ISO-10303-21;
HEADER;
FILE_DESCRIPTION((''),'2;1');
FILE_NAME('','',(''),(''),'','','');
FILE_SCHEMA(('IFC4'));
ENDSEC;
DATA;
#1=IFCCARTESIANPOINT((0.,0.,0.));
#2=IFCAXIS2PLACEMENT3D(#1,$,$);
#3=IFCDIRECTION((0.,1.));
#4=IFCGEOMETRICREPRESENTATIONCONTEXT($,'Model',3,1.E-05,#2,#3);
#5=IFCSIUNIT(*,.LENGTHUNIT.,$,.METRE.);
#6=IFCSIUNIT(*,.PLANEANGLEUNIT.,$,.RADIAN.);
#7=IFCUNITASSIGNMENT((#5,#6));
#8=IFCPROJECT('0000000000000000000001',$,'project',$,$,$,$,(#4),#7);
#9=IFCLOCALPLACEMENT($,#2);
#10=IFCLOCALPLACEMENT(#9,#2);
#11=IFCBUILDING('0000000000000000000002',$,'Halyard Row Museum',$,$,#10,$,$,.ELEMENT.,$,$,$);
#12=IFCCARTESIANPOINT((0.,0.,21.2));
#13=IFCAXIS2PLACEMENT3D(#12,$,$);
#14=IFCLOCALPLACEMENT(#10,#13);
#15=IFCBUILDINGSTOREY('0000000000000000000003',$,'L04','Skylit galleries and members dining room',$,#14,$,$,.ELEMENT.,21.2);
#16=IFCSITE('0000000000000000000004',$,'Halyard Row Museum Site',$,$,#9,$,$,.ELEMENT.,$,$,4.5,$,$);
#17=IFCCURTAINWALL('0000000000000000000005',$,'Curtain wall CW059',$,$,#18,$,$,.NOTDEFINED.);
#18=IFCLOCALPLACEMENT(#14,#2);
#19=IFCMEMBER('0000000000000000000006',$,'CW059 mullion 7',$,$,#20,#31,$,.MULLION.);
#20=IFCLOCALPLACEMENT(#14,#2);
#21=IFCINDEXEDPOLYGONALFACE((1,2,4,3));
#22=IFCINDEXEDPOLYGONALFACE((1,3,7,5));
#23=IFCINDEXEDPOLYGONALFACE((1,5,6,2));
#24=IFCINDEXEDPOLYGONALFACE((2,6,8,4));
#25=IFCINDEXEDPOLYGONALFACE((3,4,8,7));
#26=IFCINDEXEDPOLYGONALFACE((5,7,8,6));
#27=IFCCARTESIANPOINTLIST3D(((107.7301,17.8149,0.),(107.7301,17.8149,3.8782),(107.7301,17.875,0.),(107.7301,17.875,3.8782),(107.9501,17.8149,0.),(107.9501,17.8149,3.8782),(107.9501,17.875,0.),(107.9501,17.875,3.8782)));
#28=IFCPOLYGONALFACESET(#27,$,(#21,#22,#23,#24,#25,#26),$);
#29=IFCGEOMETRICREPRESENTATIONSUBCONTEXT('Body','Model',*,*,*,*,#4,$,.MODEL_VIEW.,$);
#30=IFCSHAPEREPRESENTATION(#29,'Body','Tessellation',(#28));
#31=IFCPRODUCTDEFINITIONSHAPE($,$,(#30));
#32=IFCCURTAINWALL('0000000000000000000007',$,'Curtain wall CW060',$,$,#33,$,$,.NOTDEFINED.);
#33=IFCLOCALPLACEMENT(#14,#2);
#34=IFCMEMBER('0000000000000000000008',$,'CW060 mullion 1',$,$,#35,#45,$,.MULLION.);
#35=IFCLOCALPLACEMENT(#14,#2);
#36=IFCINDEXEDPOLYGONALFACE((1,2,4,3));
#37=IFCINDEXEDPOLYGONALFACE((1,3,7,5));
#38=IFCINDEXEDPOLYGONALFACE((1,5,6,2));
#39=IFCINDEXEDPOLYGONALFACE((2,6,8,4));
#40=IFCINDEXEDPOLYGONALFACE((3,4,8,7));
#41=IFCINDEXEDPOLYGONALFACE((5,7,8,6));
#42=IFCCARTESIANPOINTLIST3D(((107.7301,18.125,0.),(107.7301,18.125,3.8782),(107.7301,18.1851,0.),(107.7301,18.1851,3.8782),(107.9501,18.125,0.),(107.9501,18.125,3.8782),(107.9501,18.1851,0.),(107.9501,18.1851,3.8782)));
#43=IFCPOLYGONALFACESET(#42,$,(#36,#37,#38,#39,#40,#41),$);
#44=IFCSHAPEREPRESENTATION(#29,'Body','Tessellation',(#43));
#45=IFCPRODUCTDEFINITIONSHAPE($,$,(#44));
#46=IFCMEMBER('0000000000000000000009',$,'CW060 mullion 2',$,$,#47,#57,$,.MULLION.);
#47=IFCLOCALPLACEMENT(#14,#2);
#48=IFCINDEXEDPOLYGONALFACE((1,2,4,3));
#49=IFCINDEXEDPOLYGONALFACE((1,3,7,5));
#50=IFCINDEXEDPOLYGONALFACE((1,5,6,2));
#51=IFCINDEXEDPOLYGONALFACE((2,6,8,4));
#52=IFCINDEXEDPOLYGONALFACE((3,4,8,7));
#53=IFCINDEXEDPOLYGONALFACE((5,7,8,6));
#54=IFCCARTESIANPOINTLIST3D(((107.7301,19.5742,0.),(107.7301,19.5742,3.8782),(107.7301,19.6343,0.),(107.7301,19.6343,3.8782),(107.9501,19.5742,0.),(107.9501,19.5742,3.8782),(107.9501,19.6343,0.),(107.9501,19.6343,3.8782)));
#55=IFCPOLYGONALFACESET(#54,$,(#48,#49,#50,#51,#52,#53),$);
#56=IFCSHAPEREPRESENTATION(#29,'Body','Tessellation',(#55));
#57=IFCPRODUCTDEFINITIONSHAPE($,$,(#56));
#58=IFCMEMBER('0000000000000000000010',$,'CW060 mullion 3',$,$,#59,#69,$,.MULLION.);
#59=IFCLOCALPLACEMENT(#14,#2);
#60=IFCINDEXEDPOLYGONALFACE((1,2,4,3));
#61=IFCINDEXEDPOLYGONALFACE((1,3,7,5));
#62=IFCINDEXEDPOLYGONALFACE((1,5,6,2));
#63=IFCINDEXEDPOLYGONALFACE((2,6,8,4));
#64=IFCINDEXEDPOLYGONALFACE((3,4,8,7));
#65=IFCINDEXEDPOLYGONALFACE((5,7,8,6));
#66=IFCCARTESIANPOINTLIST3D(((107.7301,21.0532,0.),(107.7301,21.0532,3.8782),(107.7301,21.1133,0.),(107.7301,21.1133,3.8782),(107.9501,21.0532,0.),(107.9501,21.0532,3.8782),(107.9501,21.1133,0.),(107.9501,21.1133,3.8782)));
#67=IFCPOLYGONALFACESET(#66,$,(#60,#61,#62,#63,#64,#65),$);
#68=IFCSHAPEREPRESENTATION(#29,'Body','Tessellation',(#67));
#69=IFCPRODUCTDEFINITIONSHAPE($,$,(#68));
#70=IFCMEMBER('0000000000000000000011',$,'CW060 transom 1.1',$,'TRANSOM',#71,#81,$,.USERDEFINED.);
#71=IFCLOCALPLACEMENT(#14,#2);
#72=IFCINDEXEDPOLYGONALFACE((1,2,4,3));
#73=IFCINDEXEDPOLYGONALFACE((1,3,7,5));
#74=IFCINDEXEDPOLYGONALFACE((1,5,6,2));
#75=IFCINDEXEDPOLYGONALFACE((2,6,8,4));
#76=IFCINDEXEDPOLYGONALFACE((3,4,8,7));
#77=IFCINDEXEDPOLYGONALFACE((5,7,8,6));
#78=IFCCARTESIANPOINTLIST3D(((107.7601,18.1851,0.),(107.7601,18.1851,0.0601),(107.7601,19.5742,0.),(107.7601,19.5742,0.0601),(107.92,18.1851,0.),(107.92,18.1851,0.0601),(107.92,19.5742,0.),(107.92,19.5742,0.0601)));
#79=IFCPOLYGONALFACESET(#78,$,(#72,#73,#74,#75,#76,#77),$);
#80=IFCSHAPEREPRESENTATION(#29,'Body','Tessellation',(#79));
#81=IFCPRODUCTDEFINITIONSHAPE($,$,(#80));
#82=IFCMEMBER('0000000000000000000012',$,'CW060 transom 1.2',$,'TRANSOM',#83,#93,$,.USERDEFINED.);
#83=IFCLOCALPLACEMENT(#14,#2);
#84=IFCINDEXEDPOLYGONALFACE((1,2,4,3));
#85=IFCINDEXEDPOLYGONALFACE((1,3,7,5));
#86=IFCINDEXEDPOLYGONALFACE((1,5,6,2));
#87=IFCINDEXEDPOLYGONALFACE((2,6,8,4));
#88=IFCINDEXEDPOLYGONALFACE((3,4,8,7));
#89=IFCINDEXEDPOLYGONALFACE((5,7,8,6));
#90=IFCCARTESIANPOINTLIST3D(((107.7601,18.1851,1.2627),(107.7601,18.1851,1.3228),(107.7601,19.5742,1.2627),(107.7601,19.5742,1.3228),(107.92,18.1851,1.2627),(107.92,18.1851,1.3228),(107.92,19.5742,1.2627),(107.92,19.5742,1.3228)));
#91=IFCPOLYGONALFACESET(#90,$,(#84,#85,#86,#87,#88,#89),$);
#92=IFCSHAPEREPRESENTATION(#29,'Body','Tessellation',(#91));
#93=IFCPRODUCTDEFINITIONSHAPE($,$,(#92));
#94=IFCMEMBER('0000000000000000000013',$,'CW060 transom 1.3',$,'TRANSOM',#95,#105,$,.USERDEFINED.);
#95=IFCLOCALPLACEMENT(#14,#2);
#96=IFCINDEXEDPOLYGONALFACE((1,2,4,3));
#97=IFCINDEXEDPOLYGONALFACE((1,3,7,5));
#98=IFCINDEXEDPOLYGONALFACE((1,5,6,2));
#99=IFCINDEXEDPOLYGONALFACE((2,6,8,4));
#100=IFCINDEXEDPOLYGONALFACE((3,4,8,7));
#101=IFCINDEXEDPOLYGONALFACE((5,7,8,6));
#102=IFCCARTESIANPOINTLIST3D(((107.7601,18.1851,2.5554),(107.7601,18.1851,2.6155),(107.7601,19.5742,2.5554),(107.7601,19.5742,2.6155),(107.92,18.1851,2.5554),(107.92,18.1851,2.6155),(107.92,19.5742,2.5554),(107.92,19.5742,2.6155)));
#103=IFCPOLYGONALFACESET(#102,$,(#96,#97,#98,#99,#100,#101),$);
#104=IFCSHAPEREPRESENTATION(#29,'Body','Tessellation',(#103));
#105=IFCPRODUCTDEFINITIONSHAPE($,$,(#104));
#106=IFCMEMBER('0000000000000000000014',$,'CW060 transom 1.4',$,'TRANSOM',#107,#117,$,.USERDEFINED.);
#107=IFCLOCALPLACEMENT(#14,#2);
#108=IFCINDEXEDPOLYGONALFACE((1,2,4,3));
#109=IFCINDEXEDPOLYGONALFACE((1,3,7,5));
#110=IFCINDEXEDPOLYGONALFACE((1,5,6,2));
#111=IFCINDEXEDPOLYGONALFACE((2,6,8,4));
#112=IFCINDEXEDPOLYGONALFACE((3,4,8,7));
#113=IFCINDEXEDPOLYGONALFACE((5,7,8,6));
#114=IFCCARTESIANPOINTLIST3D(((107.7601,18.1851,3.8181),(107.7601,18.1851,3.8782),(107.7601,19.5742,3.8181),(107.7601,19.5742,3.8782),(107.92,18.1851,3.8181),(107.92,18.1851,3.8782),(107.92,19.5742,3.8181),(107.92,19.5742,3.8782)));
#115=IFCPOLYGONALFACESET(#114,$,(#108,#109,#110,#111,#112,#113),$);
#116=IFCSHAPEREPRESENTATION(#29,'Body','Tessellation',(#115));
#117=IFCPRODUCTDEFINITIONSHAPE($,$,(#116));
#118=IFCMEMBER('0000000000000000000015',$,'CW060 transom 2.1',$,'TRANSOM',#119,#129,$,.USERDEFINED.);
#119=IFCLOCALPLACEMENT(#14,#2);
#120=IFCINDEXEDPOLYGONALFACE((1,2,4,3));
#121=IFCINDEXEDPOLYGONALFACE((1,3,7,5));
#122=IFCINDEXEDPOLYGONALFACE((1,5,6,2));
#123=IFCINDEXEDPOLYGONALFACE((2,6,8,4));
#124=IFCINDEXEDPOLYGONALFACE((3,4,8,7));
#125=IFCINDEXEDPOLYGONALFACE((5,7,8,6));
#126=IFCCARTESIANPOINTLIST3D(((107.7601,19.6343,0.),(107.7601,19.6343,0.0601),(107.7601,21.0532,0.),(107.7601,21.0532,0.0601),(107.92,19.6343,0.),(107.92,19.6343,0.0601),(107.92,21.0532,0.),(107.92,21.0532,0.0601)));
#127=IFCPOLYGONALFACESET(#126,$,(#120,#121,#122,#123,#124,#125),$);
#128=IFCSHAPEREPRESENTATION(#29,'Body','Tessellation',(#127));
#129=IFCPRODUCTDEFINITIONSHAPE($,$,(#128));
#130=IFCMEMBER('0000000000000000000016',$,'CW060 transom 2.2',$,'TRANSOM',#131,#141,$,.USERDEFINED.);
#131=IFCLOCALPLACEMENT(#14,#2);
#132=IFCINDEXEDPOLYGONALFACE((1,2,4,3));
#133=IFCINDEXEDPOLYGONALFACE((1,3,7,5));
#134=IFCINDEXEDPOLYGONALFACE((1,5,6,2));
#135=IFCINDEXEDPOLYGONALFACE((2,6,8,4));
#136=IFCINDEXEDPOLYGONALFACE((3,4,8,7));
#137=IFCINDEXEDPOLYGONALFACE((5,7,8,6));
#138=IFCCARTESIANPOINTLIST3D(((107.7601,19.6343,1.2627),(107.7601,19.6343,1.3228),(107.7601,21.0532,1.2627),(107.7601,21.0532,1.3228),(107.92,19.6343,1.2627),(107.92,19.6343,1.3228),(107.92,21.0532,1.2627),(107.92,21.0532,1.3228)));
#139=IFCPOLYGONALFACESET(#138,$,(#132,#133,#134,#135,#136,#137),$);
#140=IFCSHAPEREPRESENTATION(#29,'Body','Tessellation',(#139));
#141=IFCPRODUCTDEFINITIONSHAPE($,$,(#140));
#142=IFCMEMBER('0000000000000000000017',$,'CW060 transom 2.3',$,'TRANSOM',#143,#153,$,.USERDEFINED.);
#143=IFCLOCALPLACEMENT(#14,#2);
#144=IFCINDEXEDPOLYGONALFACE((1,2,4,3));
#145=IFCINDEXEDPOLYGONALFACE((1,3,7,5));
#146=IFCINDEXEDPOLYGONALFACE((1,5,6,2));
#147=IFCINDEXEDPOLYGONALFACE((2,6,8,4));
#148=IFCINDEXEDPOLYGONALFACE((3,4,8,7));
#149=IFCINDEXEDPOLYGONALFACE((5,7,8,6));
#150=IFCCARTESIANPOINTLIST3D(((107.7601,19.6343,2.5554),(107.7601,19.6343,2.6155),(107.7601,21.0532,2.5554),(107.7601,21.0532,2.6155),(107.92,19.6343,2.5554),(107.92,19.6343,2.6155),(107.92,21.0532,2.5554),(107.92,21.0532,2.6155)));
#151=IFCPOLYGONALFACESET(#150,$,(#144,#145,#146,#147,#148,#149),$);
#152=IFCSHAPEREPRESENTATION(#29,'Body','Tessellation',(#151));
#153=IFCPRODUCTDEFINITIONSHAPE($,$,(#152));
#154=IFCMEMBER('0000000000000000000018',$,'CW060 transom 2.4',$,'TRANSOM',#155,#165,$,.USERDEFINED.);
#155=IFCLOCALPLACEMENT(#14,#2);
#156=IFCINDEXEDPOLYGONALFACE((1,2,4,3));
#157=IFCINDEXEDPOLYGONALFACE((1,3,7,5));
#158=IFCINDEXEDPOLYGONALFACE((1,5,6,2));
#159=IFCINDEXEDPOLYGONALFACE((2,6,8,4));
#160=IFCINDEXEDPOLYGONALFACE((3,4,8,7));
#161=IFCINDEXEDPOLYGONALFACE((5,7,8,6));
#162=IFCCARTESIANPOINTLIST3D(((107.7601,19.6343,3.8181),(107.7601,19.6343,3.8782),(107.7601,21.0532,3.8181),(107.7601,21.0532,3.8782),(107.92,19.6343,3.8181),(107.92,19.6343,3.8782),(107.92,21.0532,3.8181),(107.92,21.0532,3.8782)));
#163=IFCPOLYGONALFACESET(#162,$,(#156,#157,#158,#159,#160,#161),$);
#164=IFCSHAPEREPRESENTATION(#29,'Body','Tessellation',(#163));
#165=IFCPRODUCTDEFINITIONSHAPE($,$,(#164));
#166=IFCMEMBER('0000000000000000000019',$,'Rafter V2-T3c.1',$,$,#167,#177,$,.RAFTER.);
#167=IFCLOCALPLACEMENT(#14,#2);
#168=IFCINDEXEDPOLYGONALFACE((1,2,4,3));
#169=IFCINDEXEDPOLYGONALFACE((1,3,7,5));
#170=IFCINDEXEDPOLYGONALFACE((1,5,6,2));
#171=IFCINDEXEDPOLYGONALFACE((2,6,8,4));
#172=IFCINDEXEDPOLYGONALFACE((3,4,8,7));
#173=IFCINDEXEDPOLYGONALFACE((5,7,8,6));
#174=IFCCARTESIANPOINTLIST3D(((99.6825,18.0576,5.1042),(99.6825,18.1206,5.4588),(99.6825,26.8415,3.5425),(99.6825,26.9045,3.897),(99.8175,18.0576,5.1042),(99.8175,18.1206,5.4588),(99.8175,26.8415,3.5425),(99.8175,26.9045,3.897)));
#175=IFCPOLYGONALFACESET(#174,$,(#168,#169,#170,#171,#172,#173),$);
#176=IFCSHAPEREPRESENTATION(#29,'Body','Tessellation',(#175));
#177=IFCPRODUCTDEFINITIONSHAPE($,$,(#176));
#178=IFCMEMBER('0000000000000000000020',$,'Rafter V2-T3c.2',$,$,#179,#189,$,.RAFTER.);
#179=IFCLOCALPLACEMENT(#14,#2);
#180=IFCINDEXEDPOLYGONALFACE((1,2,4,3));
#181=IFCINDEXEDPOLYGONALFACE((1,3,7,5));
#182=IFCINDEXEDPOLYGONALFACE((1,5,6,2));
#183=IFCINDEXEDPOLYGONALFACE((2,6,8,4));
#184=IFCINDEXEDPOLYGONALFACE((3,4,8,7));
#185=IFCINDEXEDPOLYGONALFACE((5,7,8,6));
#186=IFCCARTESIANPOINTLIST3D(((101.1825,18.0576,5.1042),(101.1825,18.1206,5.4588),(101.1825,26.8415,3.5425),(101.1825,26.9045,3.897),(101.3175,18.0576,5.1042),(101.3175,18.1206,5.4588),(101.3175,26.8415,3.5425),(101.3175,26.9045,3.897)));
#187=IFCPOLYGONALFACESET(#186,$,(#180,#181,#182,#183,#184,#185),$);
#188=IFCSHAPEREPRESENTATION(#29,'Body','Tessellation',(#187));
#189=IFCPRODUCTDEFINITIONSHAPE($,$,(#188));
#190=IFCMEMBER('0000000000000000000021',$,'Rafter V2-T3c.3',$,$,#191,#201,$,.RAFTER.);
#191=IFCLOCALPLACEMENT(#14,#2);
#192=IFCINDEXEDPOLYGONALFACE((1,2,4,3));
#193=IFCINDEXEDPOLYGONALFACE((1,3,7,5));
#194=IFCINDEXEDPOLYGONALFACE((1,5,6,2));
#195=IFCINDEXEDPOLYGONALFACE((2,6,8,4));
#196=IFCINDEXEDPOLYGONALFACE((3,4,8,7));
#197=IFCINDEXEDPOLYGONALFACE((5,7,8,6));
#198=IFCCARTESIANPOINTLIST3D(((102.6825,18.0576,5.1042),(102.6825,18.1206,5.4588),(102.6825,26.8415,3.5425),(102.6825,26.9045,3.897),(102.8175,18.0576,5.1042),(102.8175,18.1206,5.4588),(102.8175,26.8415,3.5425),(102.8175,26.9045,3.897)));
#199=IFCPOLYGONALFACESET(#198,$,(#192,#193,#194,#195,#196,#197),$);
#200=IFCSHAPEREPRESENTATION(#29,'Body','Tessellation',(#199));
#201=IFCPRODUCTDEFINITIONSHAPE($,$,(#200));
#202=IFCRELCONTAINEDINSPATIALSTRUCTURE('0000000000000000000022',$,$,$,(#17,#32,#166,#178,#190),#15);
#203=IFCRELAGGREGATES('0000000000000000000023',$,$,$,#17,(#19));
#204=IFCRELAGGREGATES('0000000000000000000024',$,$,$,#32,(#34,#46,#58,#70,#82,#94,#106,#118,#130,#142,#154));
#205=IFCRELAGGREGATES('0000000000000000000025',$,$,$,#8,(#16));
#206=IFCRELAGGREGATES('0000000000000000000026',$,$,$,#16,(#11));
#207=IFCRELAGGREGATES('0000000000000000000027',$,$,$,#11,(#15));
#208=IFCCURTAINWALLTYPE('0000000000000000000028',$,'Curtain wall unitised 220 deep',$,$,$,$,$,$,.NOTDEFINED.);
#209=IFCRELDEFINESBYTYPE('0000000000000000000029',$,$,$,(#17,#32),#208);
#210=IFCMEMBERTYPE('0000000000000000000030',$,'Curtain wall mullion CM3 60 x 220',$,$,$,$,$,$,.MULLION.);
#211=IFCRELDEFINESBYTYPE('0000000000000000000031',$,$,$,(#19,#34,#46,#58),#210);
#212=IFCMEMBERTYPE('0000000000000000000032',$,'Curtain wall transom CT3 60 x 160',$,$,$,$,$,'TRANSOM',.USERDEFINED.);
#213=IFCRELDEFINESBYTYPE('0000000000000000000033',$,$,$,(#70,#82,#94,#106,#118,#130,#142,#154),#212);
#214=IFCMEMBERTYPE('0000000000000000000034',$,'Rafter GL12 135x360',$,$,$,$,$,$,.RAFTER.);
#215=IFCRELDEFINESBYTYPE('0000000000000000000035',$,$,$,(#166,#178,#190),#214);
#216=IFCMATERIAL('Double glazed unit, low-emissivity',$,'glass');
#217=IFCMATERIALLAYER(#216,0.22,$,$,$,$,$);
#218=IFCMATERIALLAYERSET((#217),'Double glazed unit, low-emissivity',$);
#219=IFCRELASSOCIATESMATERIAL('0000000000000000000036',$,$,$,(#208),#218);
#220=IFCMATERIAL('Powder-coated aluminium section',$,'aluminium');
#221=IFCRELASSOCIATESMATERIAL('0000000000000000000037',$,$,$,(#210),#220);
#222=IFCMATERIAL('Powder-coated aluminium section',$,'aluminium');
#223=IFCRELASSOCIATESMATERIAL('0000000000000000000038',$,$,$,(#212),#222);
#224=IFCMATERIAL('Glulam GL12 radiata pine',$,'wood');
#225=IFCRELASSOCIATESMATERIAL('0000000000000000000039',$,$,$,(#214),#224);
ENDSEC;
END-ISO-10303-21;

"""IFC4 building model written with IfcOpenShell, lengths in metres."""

from ifc_helpers import new_model, si_unit, direction, frame, origin, origin_2d, place, context, subcontext, project, spatial, rectangle, extrude, material, layer, layer_set, material_profile, profile_set, type_object, element, aggregate, save


model = new_model("IFC4")

# Units and contexts
model_context = context("Model", 3, precision=1e-05, world=origin(), true_north=direction((0.0, 1.0)))
body_context = subcontext(model_context, "Body", "Model", "MODEL_VIEW")
ifc_project = project(units=[si_unit("LENGTHUNIT", "METRE"), si_unit("PLANEANGLEUNIT", "RADIAN")], contexts=[model_context])

# Site, building, storey
site_placement = place(None, origin())
site = spatial("IfcSite", under=ifc_project, at=site_placement, Name="Halyard Row Museum Site", CompositionType="ELEMENT", RefElevation=4.5)
building_placement = place(site_placement, origin())
building = spatial("IfcBuilding", under=site, at=building_placement, Name="Halyard Row Museum", CompositionType="ELEMENT")
storey_placement = place(building_placement, frame((0.0, 0.0, 21.2)))
storey = spatial("IfcBuildingStorey", under=building, at=storey_placement, Name="L04", Description="Skylit galleries and members dining room", CompositionType="ELEMENT", Elevation=21.2)

# Curtain wall, member
ifc_material_1 = material(Name="Double glazed unit, low-emissivity", Category="glass")
ifc_layer_1 = layer(ifc_material_1, 0.22)
ifc_layer_set_1 = layer_set([ifc_layer_1], Name="Double glazed unit, low-emissivity")
curtain_wall_type = type_object("IfcCurtainWallType", Name="Curtain wall unitised 220 deep", PredefinedType="NOTDEFINED", material=ifc_layer_set_1)
curtain_wall_1_placement = place(storey_placement, origin())
curtain_wall_1 = element("IfcCurtainWall", 1, at=curtain_wall_1_placement, inside=storey, type_object=curtain_wall_type, Name="Curtain wall CW059", PredefinedType="NOTDEFINED")
ifc_material_2 = material(Name="Powder-coated aluminium section", Category="aluminium")
ifc_material_profile_1 = material_profile(ifc_material_2, rectangle(XDim=0.22, YDim=0.0601, at=origin_2d()), Name="220x60 mullion")
ifc_profile_set_1 = profile_set([ifc_material_profile_1], Name="Powder-coated aluminium section")
member_type_1 = type_object("IfcMemberType", Name="Curtain wall mullion CM3 60 x 220", PredefinedType="MULLION", material=ifc_profile_set_1)
member_1_placement = place(storey_placement, frame((107.8401, 17.845, 0.0), z_axis=(0.0, 0.0, 1.0), x_axis=(-1.0, 0.0, 0.0)))
member_1 = element("IfcMember", 2, at=member_1_placement, type_object=member_type_1, Name="CW059 mullion 7", PredefinedType="MULLION", context=body_context, shape_type="SweptSolid", body=[
    extrude(rectangle(XDim=0.22, YDim=0.0601, at=origin_2d()), origin(), (0.0, 0.0, 1.0), 3.8782),
])

# Curtain wall, members
curtain_wall_2_placement = place(storey_placement, origin())
curtain_wall_2 = element("IfcCurtainWall", 3, at=curtain_wall_2_placement, inside=storey, type_object=curtain_wall_type, Name="Curtain wall CW060", PredefinedType="NOTDEFINED")
member_2_placement = place(storey_placement, frame((107.8401, 18.155, 0.0), z_axis=(0.0, 0.0, 1.0), x_axis=(-1.0, 0.0, 0.0)))
member_2 = element("IfcMember", 4, at=member_2_placement, type_object=member_type_1, Name="CW060 mullion 1", PredefinedType="MULLION", context=body_context, shape_type="SweptSolid", body=[
    extrude(rectangle(XDim=0.22, YDim=0.0601, at=origin_2d()), origin(), (0.0, 0.0, 1.0), 3.8782),
])
member_3_placement = place(storey_placement, frame((107.8401, 19.6042, 0.0), z_axis=(0.0, 0.0, 1.0), x_axis=(-1.0, 0.0, 0.0)))
member_3 = element("IfcMember", 5, at=member_3_placement, type_object=member_type_1, Name="CW060 mullion 2", PredefinedType="MULLION", context=body_context, shape_type="SweptSolid", body=[
    extrude(rectangle(XDim=0.22, YDim=0.0601, at=origin_2d()), origin(), (0.0, 0.0, 1.0), 3.8782),
])
member_4_placement = place(storey_placement, frame((107.8401, 21.0833, 0.0), z_axis=(0.0, 0.0, 1.0), x_axis=(-1.0, 0.0, 0.0)))
member_4 = element("IfcMember", 6, at=member_4_placement, type_object=member_type_1, Name="CW060 mullion 3", PredefinedType="MULLION", context=body_context, shape_type="SweptSolid", body=[
    extrude(rectangle(XDim=0.22, YDim=0.0601, at=origin_2d()), origin(), (0.0, 0.0, 1.0), 3.8782),
])
ifc_material_3 = material(Name="Powder-coated aluminium section", Category="aluminium")
ifc_material_profile_2 = material_profile(ifc_material_3, rectangle(XDim=0.1599, YDim=0.0601, at=origin_2d()), Name="160x60 transom")
ifc_profile_set_2 = profile_set([ifc_material_profile_2], Name="Powder-coated aluminium section")
member_type_2 = type_object("IfcMemberType", Name="Curtain wall transom CT3 60 x 160", ElementType="TRANSOM", PredefinedType="USERDEFINED", material=ifc_profile_set_2)
member_5_placement = place(storey_placement, frame((107.8401, 18.1851, 0.03), z_axis=(0.0, 1.0, 0.0), x_axis=(-1.0, 0.0, 0.0)))
member_5 = element("IfcMember", 7, at=member_5_placement, type_object=member_type_2, Name="CW060 transom 1.1", ObjectType="TRANSOM", PredefinedType="USERDEFINED", context=body_context, shape_type="SweptSolid", body=[
    extrude(rectangle(XDim=0.1599, YDim=0.0601, at=origin_2d()), origin(), (0.0, 0.0, 1.0), 1.3892),
])
member_6_placement = place(storey_placement, frame((107.8401, 18.1851, 1.2927), z_axis=(0.0, 1.0, 0.0), x_axis=(-1.0, 0.0, 0.0)))
member_6 = element("IfcMember", 8, at=member_6_placement, type_object=member_type_2, Name="CW060 transom 1.2", ObjectType="TRANSOM", PredefinedType="USERDEFINED", context=body_context, shape_type="SweptSolid", body=[
    extrude(rectangle(XDim=0.1599, YDim=0.0601, at=origin_2d()), origin(), (0.0, 0.0, 1.0), 1.3892),
])
member_7_placement = place(storey_placement, frame((107.8401, 18.1851, 2.5854), z_axis=(0.0, 1.0, 0.0), x_axis=(-1.0, 0.0, 0.0)))
member_7 = element("IfcMember", 9, at=member_7_placement, type_object=member_type_2, Name="CW060 transom 1.3", ObjectType="TRANSOM", PredefinedType="USERDEFINED", context=body_context, shape_type="SweptSolid", body=[
    extrude(rectangle(XDim=0.1599, YDim=0.0601, at=origin_2d()), origin(), (0.0, 0.0, 1.0), 1.3892),
])
member_8_placement = place(storey_placement, frame((107.8401, 18.1851, 3.8481), z_axis=(0.0, 1.0, 0.0), x_axis=(-1.0, 0.0, 0.0)))
member_8 = element("IfcMember", 10, at=member_8_placement, type_object=member_type_2, Name="CW060 transom 1.4", ObjectType="TRANSOM", PredefinedType="USERDEFINED", context=body_context, shape_type="SweptSolid", body=[
    extrude(rectangle(XDim=0.1599, YDim=0.0601, at=origin_2d()), origin(), (0.0, 0.0, 1.0), 1.3892),
])
member_9_placement = place(storey_placement, frame((107.8401, 19.6343, 0.03), z_axis=(0.0, 1.0, 0.0), x_axis=(-1.0, 0.0, 0.0)))
member_9 = element("IfcMember", 11, at=member_9_placement, type_object=member_type_2, Name="CW060 transom 2.1", ObjectType="TRANSOM", PredefinedType="USERDEFINED", context=body_context, shape_type="SweptSolid", body=[
    extrude(rectangle(XDim=0.1599, YDim=0.0601, at=origin_2d()), origin(), (0.0, 0.0, 1.0), 1.4189),
])
member_10_placement = place(storey_placement, frame((107.8401, 19.6343, 1.2927), z_axis=(0.0, 1.0, 0.0), x_axis=(-1.0, 0.0, 0.0)))
member_10 = element("IfcMember", 12, at=member_10_placement, type_object=member_type_2, Name="CW060 transom 2.2", ObjectType="TRANSOM", PredefinedType="USERDEFINED", context=body_context, shape_type="SweptSolid", body=[
    extrude(rectangle(XDim=0.1599, YDim=0.0601, at=origin_2d()), origin(), (0.0, 0.0, 1.0), 1.4189),
])
member_11_placement = place(storey_placement, frame((107.8401, 19.6343, 2.5854), z_axis=(0.0, 1.0, 0.0), x_axis=(-1.0, 0.0, 0.0)))
member_11 = element("IfcMember", 13, at=member_11_placement, type_object=member_type_2, Name="CW060 transom 2.3", ObjectType="TRANSOM", PredefinedType="USERDEFINED", context=body_context, shape_type="SweptSolid", body=[
    extrude(rectangle(XDim=0.1599, YDim=0.0601, at=origin_2d()), origin(), (0.0, 0.0, 1.0), 1.4189),
])
member_12_placement = place(storey_placement, frame((107.8401, 19.6343, 3.8481), z_axis=(0.0, 1.0, 0.0), x_axis=(-1.0, 0.0, 0.0)))
member_12 = element("IfcMember", 14, at=member_12_placement, type_object=member_type_2, Name="CW060 transom 2.4", ObjectType="TRANSOM", PredefinedType="USERDEFINED", context=body_context, shape_type="SweptSolid", body=[
    extrude(rectangle(XDim=0.1599, YDim=0.0601, at=origin_2d()), origin(), (0.0, 0.0, 1.0), 1.4189),
])

# Members
ifc_material_4 = material(Name="Glulam GL12 radiata pine", Category="wood")
ifc_material_profile_3 = material_profile(ifc_material_4, rectangle(XDim=0.135, YDim=0.3601, at=origin_2d()), Name="GL12 135x360")
ifc_profile_set_3 = profile_set([ifc_material_profile_3], Name="Glulam GL12 radiata pine")
member_type_3 = type_object("IfcMemberType", Name="Rafter GL12 135x360", PredefinedType="RAFTER", material=ifc_profile_set_3)
for number, where, z_axis, x_axis, name in (
    (15, (99.75, 18.0891, 5.2815), (0.0, 0.984559, -0.175053), (-1.0, 0.0, 0.0), "Rafter V2-T3c.1"),
    (16, (101.25, 18.0891, 5.2815), (0.0, 0.984559, -0.175053), (-1.0, 0.0, 0.0), "Rafter V2-T3c.2"),
    (17, (102.75, 18.0891, 5.2815), (0.0, 0.984559, -0.175053), (-1.0, 0.0, 0.0), "Rafter V2-T3c.3"),
):
    element("IfcMember", number, at=place(storey_placement, frame(where, z_axis=z_axis, x_axis=x_axis)), inside=storey, type_object=member_type_3, Name=name, PredefinedType="RAFTER", context=body_context, shape_type="SweptSolid", body=[
        extrude(rectangle(XDim=0.135, YDim=0.3601, at=origin_2d()), origin(), (0.0, 0.0, 1.0), 8.9216),
    ])

aggregate(curtain_wall_1, [member_1])
aggregate(curtain_wall_2, [member_2, member_3, member_4, member_5, member_6, member_7, member_8, member_9, member_10, member_11, member_12])

save(model, "model.ifc")
